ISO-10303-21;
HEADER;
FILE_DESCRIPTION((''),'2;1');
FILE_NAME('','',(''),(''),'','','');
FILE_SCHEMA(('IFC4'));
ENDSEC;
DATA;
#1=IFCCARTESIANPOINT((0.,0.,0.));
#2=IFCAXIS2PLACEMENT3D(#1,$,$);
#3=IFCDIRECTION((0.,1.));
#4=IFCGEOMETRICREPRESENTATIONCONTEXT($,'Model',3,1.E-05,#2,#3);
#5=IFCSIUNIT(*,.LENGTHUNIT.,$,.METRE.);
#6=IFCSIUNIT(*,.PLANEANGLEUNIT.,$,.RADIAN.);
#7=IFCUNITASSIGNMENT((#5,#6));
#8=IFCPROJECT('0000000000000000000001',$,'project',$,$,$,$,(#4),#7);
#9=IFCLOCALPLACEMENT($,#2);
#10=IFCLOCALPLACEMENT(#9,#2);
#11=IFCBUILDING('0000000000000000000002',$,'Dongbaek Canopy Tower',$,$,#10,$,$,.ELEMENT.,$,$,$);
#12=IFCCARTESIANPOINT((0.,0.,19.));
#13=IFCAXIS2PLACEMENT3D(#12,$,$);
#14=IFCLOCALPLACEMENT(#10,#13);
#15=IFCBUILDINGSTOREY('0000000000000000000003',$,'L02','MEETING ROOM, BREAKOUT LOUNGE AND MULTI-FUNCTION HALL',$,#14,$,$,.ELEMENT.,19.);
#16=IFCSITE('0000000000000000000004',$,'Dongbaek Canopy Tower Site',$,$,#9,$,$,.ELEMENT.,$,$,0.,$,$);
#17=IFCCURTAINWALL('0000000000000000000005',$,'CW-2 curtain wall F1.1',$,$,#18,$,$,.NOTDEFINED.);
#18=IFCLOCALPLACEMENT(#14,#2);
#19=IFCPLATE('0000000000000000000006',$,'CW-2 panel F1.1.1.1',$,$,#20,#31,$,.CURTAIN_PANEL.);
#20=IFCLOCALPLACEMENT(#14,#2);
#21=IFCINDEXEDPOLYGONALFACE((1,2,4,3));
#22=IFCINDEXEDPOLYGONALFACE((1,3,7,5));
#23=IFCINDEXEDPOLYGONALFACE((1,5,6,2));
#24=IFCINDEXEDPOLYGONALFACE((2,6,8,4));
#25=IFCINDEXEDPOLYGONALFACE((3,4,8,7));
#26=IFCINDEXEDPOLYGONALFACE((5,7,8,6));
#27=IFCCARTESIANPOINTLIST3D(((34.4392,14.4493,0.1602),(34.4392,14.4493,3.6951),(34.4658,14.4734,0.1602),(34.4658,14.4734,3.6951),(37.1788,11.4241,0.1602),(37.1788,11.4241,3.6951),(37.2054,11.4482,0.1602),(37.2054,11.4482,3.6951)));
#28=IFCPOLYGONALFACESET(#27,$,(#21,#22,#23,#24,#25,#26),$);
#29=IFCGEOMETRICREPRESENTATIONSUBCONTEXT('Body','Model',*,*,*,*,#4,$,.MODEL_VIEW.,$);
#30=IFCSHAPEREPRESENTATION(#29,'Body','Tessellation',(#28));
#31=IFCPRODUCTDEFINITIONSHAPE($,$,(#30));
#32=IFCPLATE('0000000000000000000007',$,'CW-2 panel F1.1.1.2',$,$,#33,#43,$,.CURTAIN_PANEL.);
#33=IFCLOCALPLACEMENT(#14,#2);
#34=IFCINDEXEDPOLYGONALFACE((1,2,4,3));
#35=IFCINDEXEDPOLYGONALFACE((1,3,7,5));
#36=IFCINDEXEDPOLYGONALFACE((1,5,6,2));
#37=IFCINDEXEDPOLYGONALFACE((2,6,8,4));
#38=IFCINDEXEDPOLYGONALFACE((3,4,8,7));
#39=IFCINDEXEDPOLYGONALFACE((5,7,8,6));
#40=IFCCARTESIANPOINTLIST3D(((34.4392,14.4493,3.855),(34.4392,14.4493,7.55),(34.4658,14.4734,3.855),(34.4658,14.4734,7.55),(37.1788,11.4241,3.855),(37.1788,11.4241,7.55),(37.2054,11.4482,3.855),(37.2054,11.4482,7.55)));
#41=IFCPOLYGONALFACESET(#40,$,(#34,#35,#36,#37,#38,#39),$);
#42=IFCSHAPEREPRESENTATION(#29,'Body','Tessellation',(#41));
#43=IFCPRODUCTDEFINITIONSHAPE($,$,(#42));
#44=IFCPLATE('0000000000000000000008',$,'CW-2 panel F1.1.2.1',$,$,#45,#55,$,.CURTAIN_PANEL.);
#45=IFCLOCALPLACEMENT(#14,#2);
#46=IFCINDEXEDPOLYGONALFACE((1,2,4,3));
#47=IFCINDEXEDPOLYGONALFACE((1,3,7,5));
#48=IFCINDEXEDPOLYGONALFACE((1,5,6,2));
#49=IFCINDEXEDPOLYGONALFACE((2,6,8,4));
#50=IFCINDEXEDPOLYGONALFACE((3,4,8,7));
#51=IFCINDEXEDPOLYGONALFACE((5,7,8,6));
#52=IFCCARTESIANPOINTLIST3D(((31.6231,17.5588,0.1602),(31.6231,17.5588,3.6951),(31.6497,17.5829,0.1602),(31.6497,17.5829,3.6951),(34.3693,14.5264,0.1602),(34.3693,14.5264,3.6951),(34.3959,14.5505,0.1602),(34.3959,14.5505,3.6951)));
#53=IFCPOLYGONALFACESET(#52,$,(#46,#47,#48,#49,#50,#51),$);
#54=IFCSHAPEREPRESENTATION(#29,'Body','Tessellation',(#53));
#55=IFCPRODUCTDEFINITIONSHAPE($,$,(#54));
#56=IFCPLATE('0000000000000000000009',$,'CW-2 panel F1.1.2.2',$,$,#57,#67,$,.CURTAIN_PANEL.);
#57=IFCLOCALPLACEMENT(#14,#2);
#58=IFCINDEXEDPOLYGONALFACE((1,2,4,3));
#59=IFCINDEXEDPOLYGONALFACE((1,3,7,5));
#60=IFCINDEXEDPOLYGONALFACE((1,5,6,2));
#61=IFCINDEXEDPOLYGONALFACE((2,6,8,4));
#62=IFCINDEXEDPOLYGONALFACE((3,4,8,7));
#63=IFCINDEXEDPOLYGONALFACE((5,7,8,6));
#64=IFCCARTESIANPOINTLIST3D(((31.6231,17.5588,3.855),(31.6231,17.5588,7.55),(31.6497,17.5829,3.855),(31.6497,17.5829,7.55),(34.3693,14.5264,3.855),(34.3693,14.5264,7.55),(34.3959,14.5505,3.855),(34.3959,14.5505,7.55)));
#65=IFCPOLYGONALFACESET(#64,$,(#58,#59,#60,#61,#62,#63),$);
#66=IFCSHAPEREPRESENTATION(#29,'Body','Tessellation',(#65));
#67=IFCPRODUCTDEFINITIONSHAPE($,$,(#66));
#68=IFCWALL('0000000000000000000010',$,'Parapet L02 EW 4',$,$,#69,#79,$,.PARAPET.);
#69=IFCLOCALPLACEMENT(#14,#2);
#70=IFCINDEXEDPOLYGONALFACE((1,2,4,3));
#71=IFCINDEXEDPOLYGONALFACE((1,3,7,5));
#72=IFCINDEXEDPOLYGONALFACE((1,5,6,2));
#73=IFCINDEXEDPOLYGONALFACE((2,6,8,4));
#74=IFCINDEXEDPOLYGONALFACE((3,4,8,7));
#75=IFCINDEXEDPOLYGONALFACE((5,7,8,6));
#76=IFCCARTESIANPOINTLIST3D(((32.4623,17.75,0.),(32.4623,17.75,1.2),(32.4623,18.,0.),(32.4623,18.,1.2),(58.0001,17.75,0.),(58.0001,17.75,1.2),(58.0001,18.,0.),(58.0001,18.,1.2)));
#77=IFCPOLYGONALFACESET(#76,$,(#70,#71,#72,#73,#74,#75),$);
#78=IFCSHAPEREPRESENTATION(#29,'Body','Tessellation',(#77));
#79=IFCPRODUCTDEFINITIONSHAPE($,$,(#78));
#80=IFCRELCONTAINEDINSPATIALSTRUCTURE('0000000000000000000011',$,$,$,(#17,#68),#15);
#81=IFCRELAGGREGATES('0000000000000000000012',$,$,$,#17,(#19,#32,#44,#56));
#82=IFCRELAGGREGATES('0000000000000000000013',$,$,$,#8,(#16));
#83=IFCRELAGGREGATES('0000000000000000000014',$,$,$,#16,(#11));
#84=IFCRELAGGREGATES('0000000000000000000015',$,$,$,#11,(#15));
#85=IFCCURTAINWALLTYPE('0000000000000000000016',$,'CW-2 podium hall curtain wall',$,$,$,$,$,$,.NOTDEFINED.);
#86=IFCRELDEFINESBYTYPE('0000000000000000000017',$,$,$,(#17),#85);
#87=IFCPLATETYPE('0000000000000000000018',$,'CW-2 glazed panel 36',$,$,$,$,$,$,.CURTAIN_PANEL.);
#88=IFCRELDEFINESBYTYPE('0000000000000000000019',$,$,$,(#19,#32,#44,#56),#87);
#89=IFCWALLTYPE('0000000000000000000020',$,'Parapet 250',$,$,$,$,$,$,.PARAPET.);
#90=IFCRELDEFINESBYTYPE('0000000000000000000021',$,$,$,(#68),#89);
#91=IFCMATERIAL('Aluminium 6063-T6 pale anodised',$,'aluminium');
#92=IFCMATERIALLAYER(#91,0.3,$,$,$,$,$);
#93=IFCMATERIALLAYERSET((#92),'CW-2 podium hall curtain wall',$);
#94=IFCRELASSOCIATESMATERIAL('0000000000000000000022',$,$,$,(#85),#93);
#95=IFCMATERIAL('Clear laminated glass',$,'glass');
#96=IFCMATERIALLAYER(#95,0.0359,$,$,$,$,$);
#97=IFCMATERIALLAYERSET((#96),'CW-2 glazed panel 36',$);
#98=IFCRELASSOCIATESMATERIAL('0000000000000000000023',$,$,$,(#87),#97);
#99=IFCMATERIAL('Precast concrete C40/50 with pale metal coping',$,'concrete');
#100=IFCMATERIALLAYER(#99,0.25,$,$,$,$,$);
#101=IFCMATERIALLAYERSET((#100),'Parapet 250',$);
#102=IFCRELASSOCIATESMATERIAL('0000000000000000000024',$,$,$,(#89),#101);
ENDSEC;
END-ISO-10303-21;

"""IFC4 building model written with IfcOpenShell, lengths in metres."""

from ifc_helpers import new_model, si_unit, direction, frame, frame_2d, origin, origin_2d, place, context, subcontext, project, spatial, rectangle, extrude, material, layer, layer_set, type_object, element, aggregate, save


model = new_model("IFC4")

# Units and contexts
model_context = context("Model", 3, precision=1e-05, world=origin(), true_north=direction((0.0, 1.0)))
body_context = subcontext(model_context, "Body", "Model", "MODEL_VIEW")
ifc_project = project(units=[si_unit("LENGTHUNIT", "METRE"), si_unit("PLANEANGLEUNIT", "RADIAN")], contexts=[model_context])

# Site, building, storey
site_placement = place(None, origin())
site = spatial("IfcSite", under=ifc_project, at=site_placement, Name="Dongbaek Canopy Tower Site", CompositionType="ELEMENT", RefElevation=0.0)
building_placement = place(site_placement, origin())
building = spatial("IfcBuilding", under=site, at=building_placement, Name="Dongbaek Canopy Tower", CompositionType="ELEMENT")
storey_placement = place(building_placement, frame((0.0, 0.0, 19.0)))
storey = spatial("IfcBuildingStorey", under=building, at=storey_placement, Name="L02", Description="MEETING ROOM, BREAKOUT LOUNGE AND MULTI-FUNCTION HALL", CompositionType="ELEMENT", Elevation=19.0)

# Shared definitions
ifc_material_1 = material(Name="Aluminium 6063-T6 pale anodised", Category="aluminium")
ifc_layer_1 = layer(ifc_material_1, 0.3)
ifc_layer_set_1 = layer_set([ifc_layer_1], Name="CW-2 podium hall curtain wall")
curtain_wall_type = type_object("IfcCurtainWallType", Name="CW-2 podium hall curtain wall", PredefinedType="NOTDEFINED", material=ifc_layer_set_1)

# Curtain wall
curtain_wall_1_placement = place(storey_placement, origin())
curtain_wall_1 = element("IfcCurtainWall", 1, at=curtain_wall_1_placement, inside=storey, type_object=curtain_wall_type, Name="CW-2 curtain wall F1.1", PredefinedType="NOTDEFINED")

# Plates
ifc_material_2 = material(Name="Clear laminated glass", Category="glass")
ifc_layer_2 = layer(ifc_material_2, 0.0359)
ifc_layer_set_2 = layer_set([ifc_layer_2], Name="CW-2 glazed panel 36")
plate_type = type_object("IfcPlateType", Name="CW-2 glazed panel 36", PredefinedType="CURTAIN_PANEL", material=ifc_layer_set_2)
plate_1_placement = place(storey_placement, frame((35.8223, 12.9487, 0.1602), z_axis=(0.0, 0.0, 1.0), x_axis=(-0.67126, 0.741222, 0.0)))
plate_1 = element("IfcPlate", 2, at=plate_1_placement, type_object=plate_type, Name="CW-2 panel F1.1.1.1", PredefinedType="CURTAIN_PANEL", context=body_context, shape_type="SweptSolid", body=[
    extrude(rectangle(XDim=4.0813, YDim=0.0359, at=origin_2d()), origin(), (0.0, 0.0, 1.0), 3.5349),
])
plate_2_placement = place(storey_placement, frame((35.8223, 12.9487, 3.855), z_axis=(0.0, 0.0, 1.0), x_axis=(-0.67126, 0.741222, 0.0)))
plate_2 = element("IfcPlate", 3, at=plate_2_placement, type_object=plate_type, Name="CW-2 panel F1.1.1.2", PredefinedType="CURTAIN_PANEL", context=body_context, shape_type="SweptSolid", body=[
    extrude(rectangle(XDim=4.0813, YDim=0.0359, at=origin_2d()), origin(), (0.0, 0.0, 1.0), 3.6951),
])
plate_3_placement = place(storey_placement, frame((33.0095, 16.0547, 0.1602), z_axis=(0.0, 0.0, 1.0), x_axis=(-0.67126, 0.741222, 0.0)))
plate_3 = element("IfcPlate", 4, at=plate_3_placement, type_object=plate_type, Name="CW-2 panel F1.1.2.1", PredefinedType="CURTAIN_PANEL", context=body_context, shape_type="SweptSolid", body=[
    extrude(rectangle(XDim=4.0911, YDim=0.0359, at=origin_2d()), origin(), (0.0, 0.0, 1.0), 3.5349),
])
plate_4_placement = place(storey_placement, frame((33.0095, 16.0547, 3.855), z_axis=(0.0, 0.0, 1.0), x_axis=(-0.67126, 0.741222, 0.0)))
plate_4 = element("IfcPlate", 5, at=plate_4_placement, type_object=plate_type, Name="CW-2 panel F1.1.2.2", PredefinedType="CURTAIN_PANEL", context=body_context, shape_type="SweptSolid", body=[
    extrude(rectangle(XDim=4.0911, YDim=0.0359, at=origin_2d()), origin(), (0.0, 0.0, 1.0), 3.6951),
])
aggregate(curtain_wall_1, [plate_1, plate_2, plate_3, plate_4])

# Wall
ifc_material_3 = material(Name="Precast concrete C40/50 with pale metal coping", Category="concrete")
ifc_layer_3 = layer(ifc_material_3, 0.25)
ifc_layer_set_3 = layer_set([ifc_layer_3], Name="Parapet 250")
wall_type_1 = type_object("IfcWallType", Name="Parapet 250", PredefinedType="PARAPET", material=ifc_layer_set_3)
wall_1_placement = place(storey_placement, frame((32.4622, 17.875, 0.0), z_axis=(0.0, 0.0, 1.0), x_axis=(1.0, 0.0, 0.0)))
element("IfcWall", 6, at=wall_1_placement, inside=storey, type_object=wall_type_1, Name="Parapet L02 EW 4", PredefinedType="PARAPET", context=body_context, shape_type="SweptSolid", body=[
    extrude(rectangle(XDim=25.5378, YDim=0.25, at=frame_2d((12.769, 0.0))), origin(), (0.0, 0.0, 1.0), 1.2),
])

save(model, "model.ifc")
